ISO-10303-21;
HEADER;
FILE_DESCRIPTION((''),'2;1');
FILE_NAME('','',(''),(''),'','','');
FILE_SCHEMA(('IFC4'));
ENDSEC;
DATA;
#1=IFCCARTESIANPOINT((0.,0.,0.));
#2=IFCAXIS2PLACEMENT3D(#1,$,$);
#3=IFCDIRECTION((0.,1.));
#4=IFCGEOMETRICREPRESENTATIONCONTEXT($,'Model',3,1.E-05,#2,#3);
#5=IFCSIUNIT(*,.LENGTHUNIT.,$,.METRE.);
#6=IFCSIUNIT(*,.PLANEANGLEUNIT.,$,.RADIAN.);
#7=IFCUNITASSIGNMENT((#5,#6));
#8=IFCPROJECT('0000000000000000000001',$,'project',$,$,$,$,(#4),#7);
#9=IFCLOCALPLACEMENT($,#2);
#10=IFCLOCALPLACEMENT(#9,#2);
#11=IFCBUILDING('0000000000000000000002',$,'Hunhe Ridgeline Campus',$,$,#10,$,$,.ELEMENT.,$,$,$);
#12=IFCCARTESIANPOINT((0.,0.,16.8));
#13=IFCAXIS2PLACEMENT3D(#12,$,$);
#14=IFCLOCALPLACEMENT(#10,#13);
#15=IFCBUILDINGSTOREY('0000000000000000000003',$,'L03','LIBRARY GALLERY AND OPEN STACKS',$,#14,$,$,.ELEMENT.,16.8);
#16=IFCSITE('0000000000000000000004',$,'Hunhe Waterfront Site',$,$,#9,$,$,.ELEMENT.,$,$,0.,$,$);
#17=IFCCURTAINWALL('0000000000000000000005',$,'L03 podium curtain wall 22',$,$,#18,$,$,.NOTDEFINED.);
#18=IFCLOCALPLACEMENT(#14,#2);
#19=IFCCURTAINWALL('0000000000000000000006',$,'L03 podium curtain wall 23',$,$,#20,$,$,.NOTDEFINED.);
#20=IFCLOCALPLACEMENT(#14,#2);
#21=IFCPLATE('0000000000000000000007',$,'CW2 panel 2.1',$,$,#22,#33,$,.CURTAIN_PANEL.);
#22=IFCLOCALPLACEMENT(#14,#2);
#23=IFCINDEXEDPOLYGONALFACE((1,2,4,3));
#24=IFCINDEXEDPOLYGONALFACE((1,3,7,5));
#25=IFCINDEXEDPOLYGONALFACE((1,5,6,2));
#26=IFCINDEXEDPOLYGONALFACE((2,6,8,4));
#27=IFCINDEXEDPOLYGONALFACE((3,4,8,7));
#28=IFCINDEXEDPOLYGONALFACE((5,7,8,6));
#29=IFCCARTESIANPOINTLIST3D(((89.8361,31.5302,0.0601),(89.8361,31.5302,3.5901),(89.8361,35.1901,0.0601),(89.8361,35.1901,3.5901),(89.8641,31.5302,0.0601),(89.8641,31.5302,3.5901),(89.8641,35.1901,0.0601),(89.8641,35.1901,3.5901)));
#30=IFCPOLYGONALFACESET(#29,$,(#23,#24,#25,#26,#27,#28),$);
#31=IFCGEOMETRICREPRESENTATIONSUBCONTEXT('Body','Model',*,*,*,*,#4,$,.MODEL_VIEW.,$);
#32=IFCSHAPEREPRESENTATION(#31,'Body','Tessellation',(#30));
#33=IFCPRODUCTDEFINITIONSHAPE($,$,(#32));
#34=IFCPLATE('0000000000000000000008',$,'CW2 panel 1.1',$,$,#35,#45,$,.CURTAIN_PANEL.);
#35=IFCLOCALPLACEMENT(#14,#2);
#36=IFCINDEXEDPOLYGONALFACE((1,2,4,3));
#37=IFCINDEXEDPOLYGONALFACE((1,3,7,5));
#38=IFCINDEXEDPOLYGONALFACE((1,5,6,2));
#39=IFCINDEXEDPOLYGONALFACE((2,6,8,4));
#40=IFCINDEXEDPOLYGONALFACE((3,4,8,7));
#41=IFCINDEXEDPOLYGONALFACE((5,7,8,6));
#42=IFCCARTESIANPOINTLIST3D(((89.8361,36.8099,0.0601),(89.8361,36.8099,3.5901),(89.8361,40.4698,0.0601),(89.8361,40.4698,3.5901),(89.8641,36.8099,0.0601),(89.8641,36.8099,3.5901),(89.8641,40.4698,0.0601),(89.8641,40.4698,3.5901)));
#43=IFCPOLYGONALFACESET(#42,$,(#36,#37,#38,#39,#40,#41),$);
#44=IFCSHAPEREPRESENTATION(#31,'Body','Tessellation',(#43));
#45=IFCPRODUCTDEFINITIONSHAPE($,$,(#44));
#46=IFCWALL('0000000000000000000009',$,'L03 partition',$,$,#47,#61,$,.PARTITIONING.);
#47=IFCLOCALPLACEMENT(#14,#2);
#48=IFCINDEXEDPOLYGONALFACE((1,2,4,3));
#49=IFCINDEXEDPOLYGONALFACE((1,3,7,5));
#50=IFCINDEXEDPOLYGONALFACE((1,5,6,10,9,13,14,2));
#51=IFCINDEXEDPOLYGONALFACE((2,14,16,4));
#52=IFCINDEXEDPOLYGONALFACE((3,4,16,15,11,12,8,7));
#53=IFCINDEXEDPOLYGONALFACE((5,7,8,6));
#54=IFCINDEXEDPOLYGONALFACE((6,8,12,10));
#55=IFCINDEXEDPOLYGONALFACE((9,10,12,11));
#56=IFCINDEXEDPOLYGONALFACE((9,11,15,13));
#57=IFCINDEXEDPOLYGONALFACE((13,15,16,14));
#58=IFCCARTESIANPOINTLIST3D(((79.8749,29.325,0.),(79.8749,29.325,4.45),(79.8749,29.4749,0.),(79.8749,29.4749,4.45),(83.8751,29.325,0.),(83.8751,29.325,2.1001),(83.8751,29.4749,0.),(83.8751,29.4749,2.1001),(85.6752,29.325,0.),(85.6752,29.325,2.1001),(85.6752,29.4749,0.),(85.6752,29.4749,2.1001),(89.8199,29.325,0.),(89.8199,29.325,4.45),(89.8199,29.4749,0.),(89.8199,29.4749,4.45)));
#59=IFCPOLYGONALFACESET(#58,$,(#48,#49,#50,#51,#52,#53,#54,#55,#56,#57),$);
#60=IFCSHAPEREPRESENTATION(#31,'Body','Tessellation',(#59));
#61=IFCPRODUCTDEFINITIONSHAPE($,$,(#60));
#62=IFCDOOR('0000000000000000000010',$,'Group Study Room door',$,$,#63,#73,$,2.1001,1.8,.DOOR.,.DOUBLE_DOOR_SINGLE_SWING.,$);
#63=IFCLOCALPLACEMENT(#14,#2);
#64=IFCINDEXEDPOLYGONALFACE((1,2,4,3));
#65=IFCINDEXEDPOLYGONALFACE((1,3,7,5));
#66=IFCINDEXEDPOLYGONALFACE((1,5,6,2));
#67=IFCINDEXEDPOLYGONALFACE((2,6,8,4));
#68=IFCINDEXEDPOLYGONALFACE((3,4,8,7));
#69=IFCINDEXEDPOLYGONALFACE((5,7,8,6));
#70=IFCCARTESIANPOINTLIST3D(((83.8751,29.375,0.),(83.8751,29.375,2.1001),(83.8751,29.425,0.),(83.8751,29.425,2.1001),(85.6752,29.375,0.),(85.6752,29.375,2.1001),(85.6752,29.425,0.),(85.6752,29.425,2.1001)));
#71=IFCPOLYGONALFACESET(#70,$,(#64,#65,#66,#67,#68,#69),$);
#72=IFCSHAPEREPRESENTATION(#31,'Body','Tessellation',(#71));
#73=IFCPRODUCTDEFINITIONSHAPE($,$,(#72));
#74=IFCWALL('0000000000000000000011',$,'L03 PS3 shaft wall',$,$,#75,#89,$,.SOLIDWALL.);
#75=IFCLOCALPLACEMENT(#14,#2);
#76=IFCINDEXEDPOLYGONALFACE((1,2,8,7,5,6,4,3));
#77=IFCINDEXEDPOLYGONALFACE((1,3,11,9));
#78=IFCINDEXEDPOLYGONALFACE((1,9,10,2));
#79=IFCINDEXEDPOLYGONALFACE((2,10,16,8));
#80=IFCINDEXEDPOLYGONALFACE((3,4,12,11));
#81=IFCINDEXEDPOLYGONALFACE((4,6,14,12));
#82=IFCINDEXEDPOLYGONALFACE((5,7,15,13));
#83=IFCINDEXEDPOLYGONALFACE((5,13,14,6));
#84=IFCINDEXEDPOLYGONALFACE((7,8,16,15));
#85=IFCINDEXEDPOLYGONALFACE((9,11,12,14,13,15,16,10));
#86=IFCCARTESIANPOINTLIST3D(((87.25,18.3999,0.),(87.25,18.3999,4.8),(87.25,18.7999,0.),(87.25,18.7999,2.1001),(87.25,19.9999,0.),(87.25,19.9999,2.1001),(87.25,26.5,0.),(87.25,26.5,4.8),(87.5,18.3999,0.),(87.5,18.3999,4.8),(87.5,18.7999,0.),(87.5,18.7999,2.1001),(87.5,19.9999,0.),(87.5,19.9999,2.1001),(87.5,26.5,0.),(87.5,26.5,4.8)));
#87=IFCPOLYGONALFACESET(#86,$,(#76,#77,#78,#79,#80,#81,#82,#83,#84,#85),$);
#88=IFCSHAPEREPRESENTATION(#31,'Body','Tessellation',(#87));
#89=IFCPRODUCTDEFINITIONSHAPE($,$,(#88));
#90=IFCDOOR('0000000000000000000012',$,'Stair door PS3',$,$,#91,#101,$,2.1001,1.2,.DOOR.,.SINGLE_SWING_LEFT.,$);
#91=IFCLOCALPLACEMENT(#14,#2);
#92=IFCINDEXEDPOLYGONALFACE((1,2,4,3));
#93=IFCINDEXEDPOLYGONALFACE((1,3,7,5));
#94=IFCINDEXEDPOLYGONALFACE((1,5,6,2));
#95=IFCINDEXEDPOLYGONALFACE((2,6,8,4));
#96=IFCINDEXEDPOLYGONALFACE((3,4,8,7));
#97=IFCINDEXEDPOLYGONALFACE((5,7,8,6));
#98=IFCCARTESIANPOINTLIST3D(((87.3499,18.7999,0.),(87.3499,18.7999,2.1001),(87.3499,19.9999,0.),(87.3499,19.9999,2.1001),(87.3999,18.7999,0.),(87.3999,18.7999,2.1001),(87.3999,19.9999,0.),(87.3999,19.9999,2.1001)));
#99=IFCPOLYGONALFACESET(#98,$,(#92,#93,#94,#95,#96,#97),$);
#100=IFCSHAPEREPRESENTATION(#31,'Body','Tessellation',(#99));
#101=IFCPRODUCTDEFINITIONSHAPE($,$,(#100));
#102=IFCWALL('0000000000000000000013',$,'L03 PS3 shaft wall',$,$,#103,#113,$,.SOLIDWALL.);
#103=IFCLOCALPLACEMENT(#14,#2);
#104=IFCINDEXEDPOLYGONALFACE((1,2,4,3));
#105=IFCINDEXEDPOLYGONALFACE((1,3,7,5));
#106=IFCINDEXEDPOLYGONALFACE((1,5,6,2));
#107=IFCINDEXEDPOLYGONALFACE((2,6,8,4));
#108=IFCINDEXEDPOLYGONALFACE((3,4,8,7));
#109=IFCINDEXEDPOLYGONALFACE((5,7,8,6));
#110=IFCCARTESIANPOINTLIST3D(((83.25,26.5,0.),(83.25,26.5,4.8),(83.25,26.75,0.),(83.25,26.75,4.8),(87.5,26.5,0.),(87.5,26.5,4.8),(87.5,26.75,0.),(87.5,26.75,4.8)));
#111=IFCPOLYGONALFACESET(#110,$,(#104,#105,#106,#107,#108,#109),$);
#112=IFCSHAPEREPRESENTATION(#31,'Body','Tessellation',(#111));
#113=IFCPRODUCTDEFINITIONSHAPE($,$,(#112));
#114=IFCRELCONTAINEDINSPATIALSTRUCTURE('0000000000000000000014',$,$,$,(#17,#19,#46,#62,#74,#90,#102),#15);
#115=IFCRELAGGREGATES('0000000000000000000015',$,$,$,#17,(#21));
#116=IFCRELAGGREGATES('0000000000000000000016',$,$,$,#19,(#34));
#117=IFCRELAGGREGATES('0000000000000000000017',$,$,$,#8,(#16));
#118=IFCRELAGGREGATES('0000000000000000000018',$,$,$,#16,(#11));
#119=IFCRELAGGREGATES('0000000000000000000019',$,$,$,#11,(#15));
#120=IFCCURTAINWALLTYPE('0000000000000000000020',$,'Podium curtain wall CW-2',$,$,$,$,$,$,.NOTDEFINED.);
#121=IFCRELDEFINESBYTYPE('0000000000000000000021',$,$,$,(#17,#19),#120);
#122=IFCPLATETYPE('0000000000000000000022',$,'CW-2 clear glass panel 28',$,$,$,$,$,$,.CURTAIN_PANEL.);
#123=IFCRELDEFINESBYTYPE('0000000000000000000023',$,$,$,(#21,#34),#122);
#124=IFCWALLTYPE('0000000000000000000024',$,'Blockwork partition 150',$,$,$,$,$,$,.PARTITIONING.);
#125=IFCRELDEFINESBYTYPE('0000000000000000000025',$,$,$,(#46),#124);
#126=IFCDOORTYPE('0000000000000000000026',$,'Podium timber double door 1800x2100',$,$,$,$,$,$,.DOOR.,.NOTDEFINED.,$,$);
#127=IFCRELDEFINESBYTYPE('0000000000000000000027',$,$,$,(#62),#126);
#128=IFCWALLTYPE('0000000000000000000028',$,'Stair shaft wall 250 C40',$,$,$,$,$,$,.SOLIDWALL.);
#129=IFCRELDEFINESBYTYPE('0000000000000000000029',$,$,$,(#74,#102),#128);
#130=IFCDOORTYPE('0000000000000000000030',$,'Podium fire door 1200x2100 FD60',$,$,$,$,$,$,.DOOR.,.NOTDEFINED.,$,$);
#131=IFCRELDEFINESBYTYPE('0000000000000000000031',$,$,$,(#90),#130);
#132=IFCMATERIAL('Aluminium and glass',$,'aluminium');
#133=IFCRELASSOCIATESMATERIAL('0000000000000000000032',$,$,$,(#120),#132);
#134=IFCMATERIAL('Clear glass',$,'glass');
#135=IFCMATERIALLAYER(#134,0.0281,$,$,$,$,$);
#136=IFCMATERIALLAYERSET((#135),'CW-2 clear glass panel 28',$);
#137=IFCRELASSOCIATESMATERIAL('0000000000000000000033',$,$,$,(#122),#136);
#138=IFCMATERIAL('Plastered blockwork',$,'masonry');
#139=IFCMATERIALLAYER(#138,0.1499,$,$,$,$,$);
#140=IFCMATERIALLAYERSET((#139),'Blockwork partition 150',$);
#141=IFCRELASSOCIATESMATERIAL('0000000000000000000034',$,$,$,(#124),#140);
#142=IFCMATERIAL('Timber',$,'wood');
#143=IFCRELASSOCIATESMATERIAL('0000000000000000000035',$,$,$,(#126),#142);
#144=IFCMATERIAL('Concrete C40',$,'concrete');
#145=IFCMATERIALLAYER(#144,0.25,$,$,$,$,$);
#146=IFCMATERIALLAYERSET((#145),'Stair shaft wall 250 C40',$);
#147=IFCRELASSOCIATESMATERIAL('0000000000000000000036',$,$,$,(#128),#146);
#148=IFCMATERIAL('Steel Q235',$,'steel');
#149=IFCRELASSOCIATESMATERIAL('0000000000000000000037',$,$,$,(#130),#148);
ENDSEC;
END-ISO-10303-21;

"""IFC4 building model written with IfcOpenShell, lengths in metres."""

from ifc_helpers import new_model, si_unit, direction, frame, frame_2d, origin, origin_2d, place, context, subcontext, project, spatial, rectangle, extrude, material, layer, layer_set, type_object, element, fill, aggregate, save


model = new_model("IFC4")

# Units and contexts
model_context = context("Model", 3, precision=1e-05, world=origin(), true_north=direction((0.0, 1.0)))
body_context = subcontext(model_context, "Body", "Model", "MODEL_VIEW")
ifc_project = project(units=[si_unit("LENGTHUNIT", "METRE"), si_unit("PLANEANGLEUNIT", "RADIAN")], contexts=[model_context])

# Site, building, storey
site_placement = place(None, origin())
site = spatial("IfcSite", under=ifc_project, at=site_placement, Name="Hunhe Waterfront Site", CompositionType="ELEMENT", RefElevation=0.0)
building_placement = place(site_placement, origin())
building = spatial("IfcBuilding", under=site, at=building_placement, Name="Hunhe Ridgeline Campus", CompositionType="ELEMENT")
storey_placement = place(building_placement, frame((0.0, 0.0, 16.8)))
storey = spatial("IfcBuildingStorey", under=building, at=storey_placement, Name="L03", Description="LIBRARY GALLERY AND OPEN STACKS", CompositionType="ELEMENT", Elevation=16.8)

# Shared definitions
ifc_material_1 = material(Name="Aluminium and glass", Category="aluminium")
curtain_wall_type = type_object("IfcCurtainWallType", Name="Podium curtain wall CW-2", PredefinedType="NOTDEFINED", material=ifc_material_1)

# Curtain wall
curtain_wall_1_placement = place(storey_placement, origin())
curtain_wall_1 = element("IfcCurtainWall", 1, at=curtain_wall_1_placement, inside=storey, type_object=curtain_wall_type, Name="L03 podium curtain wall 22", PredefinedType="NOTDEFINED")

# Curtain wall
curtain_wall_2_placement = place(storey_placement, origin())
curtain_wall_2 = element("IfcCurtainWall", 2, at=curtain_wall_2_placement, inside=storey, type_object=curtain_wall_type, Name="L03 podium curtain wall 23", PredefinedType="NOTDEFINED")

# Plates
ifc_material_2 = material(Name="Clear glass", Category="glass")
ifc_layer_1 = layer(ifc_material_2, 0.0281)
ifc_layer_set_1 = layer_set([ifc_layer_1], Name="CW-2 clear glass panel 28")
plate_type = type_object("IfcPlateType", Name="CW-2 clear glass panel 28", PredefinedType="CURTAIN_PANEL", material=ifc_layer_set_1)
plate_1_placement = place(storey_placement, frame((89.8501, 33.3601, 0.0601), z_axis=(0.0, 0.0, 1.0), x_axis=(0.0, 1.0, 0.0)))
plate_1 = element("IfcPlate", 3, at=plate_1_placement, type_object=plate_type, Name="CW2 panel 2.1", PredefinedType="CURTAIN_PANEL", context=body_context, shape_type="SweptSolid", body=[
    extrude(rectangle(XDim=3.6599, YDim=0.0281, at=origin_2d()), origin(), (0.0, 0.0, 1.0), 3.53),
])
aggregate(curtain_wall_1, [plate_1])
plate_2_placement = place(storey_placement, frame((89.8501, 38.6399, 0.0601), z_axis=(0.0, 0.0, 1.0), x_axis=(0.0, 1.0, 0.0)))
plate_2 = element("IfcPlate", 4, at=plate_2_placement, type_object=plate_type, Name="CW2 panel 1.1", PredefinedType="CURTAIN_PANEL", context=body_context, shape_type="SweptSolid", body=[
    extrude(rectangle(XDim=3.6599, YDim=0.0281, at=origin_2d()), origin(), (0.0, 0.0, 1.0), 3.53),
])
aggregate(curtain_wall_2, [plate_2])

# Walls, openings, doors
ifc_material_3 = material(Name="Plastered blockwork", Category="masonry")
ifc_layer_2 = layer(ifc_material_3, 0.1499)
ifc_layer_set_2 = layer_set([ifc_layer_2], Name="Blockwork partition 150")
wall_type_1 = type_object("IfcWallType", Name="Blockwork partition 150", PredefinedType="PARTITIONING", material=ifc_layer_set_2)
wall_1_placement = place(storey_placement, frame((89.8201, 29.3999, 0.0), z_axis=(0.0, 0.0, 1.0), x_axis=(-1.0, 0.0, 0.0)))
wall_1 = element("IfcWall", 5, at=wall_1_placement, inside=storey, type_object=wall_type_1, Name="L03 partition", PredefinedType="PARTITIONING", context=body_context, shape_type="SweptSolid", body=[
    extrude(rectangle(XDim=9.9451, YDim=0.1499, at=frame_2d((4.9727, 0.0))), origin(), (0.0, 0.0, 1.0), 4.45),
])
opening_1_placement = place(wall_1_placement, frame((4.145, 0.0, 0.0)))
opening_1 = element("IfcOpeningElement", 6, at=opening_1_placement, cuts=wall_1, PredefinedType="OPENING", context=body_context, shape_type="SweptSolid", body=[
    extrude(rectangle(XDim=1.8, YDim=2.1001, at=frame_2d((0.8999, 1.05))), frame((0.0, 0.075, 0.0), z_axis=(0.0, -1.0, 0.0), x_axis=(1.0, 0.0, 0.0)), (0.0, 0.0, 1.0), 0.1499),
])
ifc_material_4 = material(Name="Timber", Category="wood")
door_type_1 = type_object("IfcDoorType", Name="Podium timber double door 1800x2100", OperationType="NOTDEFINED", PredefinedType="DOOR", material=ifc_material_4)
door_1_placement = place(opening_1_placement, origin())
door_1 = element("IfcDoor", 7, at=door_1_placement, inside=storey, type_object=door_type_1, Name="Group Study Room door", OperationType="DOUBLE_DOOR_SINGLE_SWING", OverallHeight=2.1001, OverallWidth=1.8, PredefinedType="DOOR", context=body_context, shape_type="SweptSolid", body=[
    extrude(rectangle(XDim=1.8, YDim=2.1001, at=frame_2d((0.8999, 1.05))), frame((0.0, 0.0249, 0.0), z_axis=(0.0, -1.0, 0.0), x_axis=(1.0, 0.0, 0.0)), (0.0, 0.0, 1.0), 0.05),
])
fill(opening_1, door_1)
ifc_material_5 = material(Name="Concrete C40", Category="concrete")
ifc_layer_3 = layer(ifc_material_5, 0.25)
ifc_layer_set_3 = layer_set([ifc_layer_3], Name="Stair shaft wall 250 C40")
wall_type_2 = type_object("IfcWallType", Name="Stair shaft wall 250 C40", PredefinedType="SOLIDWALL", material=ifc_layer_set_3)
wall_2_placement = place(storey_placement, frame((87.375, 26.5, 0.0), z_axis=(0.0, 0.0, 1.0), x_axis=(0.0, -1.0, 0.0)))
wall_2 = element("IfcWall", 8, at=wall_2_placement, inside=storey, type_object=wall_type_2, Name="L03 PS3 shaft wall", PredefinedType="SOLIDWALL", context=body_context, shape_type="SweptSolid", body=[
    extrude(rectangle(XDim=8.1001, YDim=0.25, at=frame_2d((4.05, 0.0))), origin(), (0.0, 0.0, 1.0), 4.8),
])
opening_2_placement = place(wall_2_placement, frame((6.5, 0.0, 0.0)))
opening_2 = element("IfcOpeningElement", 9, at=opening_2_placement, cuts=wall_2, PredefinedType="OPENING", context=body_context, shape_type="SweptSolid", body=[
    extrude(rectangle(XDim=1.2, YDim=2.1001, at=frame_2d((0.6001, 1.05))), frame((0.0, 0.125, 0.0), z_axis=(0.0, -1.0, 0.0), x_axis=(1.0, 0.0, 0.0)), (0.0, 0.0, 1.0), 0.25),
])
ifc_material_6 = material(Name="Steel Q235", Category="steel")
door_type_2 = type_object("IfcDoorType", Name="Podium fire door 1200x2100 FD60", OperationType="NOTDEFINED", PredefinedType="DOOR", material=ifc_material_6)
door_2_placement = place(opening_2_placement, origin())
door_2 = element("IfcDoor", 10, at=door_2_placement, inside=storey, type_object=door_type_2, Name="Stair door PS3", OperationType="SINGLE_SWING_LEFT", OverallHeight=2.1001, OverallWidth=1.2, PredefinedType="DOOR", context=body_context, shape_type="SweptSolid", body=[
    extrude(rectangle(XDim=1.2, YDim=2.1001, at=frame_2d((0.6001, 1.05))), frame((0.0, 0.0249, 0.0), z_axis=(0.0, -1.0, 0.0), x_axis=(1.0, 0.0, 0.0)), (0.0, 0.0, 1.0), 0.05),
])
fill(opening_2, door_2)

# Wall
wall_3_placement = place(storey_placement, frame((83.25, 26.625, 0.0), z_axis=(0.0, 0.0, 1.0), x_axis=(1.0, 0.0, 0.0)))
element("IfcWall", 11, at=wall_3_placement, inside=storey, type_object=wall_type_2, Name="L03 PS3 shaft wall", PredefinedType="SOLIDWALL", context=body_context, shape_type="SweptSolid", body=[
    extrude(rectangle(XDim=4.25, YDim=0.25, at=frame_2d((2.125, 0.0))), origin(), (0.0, 0.0, 1.0), 4.8),
])

save(model, "model.ifc")
